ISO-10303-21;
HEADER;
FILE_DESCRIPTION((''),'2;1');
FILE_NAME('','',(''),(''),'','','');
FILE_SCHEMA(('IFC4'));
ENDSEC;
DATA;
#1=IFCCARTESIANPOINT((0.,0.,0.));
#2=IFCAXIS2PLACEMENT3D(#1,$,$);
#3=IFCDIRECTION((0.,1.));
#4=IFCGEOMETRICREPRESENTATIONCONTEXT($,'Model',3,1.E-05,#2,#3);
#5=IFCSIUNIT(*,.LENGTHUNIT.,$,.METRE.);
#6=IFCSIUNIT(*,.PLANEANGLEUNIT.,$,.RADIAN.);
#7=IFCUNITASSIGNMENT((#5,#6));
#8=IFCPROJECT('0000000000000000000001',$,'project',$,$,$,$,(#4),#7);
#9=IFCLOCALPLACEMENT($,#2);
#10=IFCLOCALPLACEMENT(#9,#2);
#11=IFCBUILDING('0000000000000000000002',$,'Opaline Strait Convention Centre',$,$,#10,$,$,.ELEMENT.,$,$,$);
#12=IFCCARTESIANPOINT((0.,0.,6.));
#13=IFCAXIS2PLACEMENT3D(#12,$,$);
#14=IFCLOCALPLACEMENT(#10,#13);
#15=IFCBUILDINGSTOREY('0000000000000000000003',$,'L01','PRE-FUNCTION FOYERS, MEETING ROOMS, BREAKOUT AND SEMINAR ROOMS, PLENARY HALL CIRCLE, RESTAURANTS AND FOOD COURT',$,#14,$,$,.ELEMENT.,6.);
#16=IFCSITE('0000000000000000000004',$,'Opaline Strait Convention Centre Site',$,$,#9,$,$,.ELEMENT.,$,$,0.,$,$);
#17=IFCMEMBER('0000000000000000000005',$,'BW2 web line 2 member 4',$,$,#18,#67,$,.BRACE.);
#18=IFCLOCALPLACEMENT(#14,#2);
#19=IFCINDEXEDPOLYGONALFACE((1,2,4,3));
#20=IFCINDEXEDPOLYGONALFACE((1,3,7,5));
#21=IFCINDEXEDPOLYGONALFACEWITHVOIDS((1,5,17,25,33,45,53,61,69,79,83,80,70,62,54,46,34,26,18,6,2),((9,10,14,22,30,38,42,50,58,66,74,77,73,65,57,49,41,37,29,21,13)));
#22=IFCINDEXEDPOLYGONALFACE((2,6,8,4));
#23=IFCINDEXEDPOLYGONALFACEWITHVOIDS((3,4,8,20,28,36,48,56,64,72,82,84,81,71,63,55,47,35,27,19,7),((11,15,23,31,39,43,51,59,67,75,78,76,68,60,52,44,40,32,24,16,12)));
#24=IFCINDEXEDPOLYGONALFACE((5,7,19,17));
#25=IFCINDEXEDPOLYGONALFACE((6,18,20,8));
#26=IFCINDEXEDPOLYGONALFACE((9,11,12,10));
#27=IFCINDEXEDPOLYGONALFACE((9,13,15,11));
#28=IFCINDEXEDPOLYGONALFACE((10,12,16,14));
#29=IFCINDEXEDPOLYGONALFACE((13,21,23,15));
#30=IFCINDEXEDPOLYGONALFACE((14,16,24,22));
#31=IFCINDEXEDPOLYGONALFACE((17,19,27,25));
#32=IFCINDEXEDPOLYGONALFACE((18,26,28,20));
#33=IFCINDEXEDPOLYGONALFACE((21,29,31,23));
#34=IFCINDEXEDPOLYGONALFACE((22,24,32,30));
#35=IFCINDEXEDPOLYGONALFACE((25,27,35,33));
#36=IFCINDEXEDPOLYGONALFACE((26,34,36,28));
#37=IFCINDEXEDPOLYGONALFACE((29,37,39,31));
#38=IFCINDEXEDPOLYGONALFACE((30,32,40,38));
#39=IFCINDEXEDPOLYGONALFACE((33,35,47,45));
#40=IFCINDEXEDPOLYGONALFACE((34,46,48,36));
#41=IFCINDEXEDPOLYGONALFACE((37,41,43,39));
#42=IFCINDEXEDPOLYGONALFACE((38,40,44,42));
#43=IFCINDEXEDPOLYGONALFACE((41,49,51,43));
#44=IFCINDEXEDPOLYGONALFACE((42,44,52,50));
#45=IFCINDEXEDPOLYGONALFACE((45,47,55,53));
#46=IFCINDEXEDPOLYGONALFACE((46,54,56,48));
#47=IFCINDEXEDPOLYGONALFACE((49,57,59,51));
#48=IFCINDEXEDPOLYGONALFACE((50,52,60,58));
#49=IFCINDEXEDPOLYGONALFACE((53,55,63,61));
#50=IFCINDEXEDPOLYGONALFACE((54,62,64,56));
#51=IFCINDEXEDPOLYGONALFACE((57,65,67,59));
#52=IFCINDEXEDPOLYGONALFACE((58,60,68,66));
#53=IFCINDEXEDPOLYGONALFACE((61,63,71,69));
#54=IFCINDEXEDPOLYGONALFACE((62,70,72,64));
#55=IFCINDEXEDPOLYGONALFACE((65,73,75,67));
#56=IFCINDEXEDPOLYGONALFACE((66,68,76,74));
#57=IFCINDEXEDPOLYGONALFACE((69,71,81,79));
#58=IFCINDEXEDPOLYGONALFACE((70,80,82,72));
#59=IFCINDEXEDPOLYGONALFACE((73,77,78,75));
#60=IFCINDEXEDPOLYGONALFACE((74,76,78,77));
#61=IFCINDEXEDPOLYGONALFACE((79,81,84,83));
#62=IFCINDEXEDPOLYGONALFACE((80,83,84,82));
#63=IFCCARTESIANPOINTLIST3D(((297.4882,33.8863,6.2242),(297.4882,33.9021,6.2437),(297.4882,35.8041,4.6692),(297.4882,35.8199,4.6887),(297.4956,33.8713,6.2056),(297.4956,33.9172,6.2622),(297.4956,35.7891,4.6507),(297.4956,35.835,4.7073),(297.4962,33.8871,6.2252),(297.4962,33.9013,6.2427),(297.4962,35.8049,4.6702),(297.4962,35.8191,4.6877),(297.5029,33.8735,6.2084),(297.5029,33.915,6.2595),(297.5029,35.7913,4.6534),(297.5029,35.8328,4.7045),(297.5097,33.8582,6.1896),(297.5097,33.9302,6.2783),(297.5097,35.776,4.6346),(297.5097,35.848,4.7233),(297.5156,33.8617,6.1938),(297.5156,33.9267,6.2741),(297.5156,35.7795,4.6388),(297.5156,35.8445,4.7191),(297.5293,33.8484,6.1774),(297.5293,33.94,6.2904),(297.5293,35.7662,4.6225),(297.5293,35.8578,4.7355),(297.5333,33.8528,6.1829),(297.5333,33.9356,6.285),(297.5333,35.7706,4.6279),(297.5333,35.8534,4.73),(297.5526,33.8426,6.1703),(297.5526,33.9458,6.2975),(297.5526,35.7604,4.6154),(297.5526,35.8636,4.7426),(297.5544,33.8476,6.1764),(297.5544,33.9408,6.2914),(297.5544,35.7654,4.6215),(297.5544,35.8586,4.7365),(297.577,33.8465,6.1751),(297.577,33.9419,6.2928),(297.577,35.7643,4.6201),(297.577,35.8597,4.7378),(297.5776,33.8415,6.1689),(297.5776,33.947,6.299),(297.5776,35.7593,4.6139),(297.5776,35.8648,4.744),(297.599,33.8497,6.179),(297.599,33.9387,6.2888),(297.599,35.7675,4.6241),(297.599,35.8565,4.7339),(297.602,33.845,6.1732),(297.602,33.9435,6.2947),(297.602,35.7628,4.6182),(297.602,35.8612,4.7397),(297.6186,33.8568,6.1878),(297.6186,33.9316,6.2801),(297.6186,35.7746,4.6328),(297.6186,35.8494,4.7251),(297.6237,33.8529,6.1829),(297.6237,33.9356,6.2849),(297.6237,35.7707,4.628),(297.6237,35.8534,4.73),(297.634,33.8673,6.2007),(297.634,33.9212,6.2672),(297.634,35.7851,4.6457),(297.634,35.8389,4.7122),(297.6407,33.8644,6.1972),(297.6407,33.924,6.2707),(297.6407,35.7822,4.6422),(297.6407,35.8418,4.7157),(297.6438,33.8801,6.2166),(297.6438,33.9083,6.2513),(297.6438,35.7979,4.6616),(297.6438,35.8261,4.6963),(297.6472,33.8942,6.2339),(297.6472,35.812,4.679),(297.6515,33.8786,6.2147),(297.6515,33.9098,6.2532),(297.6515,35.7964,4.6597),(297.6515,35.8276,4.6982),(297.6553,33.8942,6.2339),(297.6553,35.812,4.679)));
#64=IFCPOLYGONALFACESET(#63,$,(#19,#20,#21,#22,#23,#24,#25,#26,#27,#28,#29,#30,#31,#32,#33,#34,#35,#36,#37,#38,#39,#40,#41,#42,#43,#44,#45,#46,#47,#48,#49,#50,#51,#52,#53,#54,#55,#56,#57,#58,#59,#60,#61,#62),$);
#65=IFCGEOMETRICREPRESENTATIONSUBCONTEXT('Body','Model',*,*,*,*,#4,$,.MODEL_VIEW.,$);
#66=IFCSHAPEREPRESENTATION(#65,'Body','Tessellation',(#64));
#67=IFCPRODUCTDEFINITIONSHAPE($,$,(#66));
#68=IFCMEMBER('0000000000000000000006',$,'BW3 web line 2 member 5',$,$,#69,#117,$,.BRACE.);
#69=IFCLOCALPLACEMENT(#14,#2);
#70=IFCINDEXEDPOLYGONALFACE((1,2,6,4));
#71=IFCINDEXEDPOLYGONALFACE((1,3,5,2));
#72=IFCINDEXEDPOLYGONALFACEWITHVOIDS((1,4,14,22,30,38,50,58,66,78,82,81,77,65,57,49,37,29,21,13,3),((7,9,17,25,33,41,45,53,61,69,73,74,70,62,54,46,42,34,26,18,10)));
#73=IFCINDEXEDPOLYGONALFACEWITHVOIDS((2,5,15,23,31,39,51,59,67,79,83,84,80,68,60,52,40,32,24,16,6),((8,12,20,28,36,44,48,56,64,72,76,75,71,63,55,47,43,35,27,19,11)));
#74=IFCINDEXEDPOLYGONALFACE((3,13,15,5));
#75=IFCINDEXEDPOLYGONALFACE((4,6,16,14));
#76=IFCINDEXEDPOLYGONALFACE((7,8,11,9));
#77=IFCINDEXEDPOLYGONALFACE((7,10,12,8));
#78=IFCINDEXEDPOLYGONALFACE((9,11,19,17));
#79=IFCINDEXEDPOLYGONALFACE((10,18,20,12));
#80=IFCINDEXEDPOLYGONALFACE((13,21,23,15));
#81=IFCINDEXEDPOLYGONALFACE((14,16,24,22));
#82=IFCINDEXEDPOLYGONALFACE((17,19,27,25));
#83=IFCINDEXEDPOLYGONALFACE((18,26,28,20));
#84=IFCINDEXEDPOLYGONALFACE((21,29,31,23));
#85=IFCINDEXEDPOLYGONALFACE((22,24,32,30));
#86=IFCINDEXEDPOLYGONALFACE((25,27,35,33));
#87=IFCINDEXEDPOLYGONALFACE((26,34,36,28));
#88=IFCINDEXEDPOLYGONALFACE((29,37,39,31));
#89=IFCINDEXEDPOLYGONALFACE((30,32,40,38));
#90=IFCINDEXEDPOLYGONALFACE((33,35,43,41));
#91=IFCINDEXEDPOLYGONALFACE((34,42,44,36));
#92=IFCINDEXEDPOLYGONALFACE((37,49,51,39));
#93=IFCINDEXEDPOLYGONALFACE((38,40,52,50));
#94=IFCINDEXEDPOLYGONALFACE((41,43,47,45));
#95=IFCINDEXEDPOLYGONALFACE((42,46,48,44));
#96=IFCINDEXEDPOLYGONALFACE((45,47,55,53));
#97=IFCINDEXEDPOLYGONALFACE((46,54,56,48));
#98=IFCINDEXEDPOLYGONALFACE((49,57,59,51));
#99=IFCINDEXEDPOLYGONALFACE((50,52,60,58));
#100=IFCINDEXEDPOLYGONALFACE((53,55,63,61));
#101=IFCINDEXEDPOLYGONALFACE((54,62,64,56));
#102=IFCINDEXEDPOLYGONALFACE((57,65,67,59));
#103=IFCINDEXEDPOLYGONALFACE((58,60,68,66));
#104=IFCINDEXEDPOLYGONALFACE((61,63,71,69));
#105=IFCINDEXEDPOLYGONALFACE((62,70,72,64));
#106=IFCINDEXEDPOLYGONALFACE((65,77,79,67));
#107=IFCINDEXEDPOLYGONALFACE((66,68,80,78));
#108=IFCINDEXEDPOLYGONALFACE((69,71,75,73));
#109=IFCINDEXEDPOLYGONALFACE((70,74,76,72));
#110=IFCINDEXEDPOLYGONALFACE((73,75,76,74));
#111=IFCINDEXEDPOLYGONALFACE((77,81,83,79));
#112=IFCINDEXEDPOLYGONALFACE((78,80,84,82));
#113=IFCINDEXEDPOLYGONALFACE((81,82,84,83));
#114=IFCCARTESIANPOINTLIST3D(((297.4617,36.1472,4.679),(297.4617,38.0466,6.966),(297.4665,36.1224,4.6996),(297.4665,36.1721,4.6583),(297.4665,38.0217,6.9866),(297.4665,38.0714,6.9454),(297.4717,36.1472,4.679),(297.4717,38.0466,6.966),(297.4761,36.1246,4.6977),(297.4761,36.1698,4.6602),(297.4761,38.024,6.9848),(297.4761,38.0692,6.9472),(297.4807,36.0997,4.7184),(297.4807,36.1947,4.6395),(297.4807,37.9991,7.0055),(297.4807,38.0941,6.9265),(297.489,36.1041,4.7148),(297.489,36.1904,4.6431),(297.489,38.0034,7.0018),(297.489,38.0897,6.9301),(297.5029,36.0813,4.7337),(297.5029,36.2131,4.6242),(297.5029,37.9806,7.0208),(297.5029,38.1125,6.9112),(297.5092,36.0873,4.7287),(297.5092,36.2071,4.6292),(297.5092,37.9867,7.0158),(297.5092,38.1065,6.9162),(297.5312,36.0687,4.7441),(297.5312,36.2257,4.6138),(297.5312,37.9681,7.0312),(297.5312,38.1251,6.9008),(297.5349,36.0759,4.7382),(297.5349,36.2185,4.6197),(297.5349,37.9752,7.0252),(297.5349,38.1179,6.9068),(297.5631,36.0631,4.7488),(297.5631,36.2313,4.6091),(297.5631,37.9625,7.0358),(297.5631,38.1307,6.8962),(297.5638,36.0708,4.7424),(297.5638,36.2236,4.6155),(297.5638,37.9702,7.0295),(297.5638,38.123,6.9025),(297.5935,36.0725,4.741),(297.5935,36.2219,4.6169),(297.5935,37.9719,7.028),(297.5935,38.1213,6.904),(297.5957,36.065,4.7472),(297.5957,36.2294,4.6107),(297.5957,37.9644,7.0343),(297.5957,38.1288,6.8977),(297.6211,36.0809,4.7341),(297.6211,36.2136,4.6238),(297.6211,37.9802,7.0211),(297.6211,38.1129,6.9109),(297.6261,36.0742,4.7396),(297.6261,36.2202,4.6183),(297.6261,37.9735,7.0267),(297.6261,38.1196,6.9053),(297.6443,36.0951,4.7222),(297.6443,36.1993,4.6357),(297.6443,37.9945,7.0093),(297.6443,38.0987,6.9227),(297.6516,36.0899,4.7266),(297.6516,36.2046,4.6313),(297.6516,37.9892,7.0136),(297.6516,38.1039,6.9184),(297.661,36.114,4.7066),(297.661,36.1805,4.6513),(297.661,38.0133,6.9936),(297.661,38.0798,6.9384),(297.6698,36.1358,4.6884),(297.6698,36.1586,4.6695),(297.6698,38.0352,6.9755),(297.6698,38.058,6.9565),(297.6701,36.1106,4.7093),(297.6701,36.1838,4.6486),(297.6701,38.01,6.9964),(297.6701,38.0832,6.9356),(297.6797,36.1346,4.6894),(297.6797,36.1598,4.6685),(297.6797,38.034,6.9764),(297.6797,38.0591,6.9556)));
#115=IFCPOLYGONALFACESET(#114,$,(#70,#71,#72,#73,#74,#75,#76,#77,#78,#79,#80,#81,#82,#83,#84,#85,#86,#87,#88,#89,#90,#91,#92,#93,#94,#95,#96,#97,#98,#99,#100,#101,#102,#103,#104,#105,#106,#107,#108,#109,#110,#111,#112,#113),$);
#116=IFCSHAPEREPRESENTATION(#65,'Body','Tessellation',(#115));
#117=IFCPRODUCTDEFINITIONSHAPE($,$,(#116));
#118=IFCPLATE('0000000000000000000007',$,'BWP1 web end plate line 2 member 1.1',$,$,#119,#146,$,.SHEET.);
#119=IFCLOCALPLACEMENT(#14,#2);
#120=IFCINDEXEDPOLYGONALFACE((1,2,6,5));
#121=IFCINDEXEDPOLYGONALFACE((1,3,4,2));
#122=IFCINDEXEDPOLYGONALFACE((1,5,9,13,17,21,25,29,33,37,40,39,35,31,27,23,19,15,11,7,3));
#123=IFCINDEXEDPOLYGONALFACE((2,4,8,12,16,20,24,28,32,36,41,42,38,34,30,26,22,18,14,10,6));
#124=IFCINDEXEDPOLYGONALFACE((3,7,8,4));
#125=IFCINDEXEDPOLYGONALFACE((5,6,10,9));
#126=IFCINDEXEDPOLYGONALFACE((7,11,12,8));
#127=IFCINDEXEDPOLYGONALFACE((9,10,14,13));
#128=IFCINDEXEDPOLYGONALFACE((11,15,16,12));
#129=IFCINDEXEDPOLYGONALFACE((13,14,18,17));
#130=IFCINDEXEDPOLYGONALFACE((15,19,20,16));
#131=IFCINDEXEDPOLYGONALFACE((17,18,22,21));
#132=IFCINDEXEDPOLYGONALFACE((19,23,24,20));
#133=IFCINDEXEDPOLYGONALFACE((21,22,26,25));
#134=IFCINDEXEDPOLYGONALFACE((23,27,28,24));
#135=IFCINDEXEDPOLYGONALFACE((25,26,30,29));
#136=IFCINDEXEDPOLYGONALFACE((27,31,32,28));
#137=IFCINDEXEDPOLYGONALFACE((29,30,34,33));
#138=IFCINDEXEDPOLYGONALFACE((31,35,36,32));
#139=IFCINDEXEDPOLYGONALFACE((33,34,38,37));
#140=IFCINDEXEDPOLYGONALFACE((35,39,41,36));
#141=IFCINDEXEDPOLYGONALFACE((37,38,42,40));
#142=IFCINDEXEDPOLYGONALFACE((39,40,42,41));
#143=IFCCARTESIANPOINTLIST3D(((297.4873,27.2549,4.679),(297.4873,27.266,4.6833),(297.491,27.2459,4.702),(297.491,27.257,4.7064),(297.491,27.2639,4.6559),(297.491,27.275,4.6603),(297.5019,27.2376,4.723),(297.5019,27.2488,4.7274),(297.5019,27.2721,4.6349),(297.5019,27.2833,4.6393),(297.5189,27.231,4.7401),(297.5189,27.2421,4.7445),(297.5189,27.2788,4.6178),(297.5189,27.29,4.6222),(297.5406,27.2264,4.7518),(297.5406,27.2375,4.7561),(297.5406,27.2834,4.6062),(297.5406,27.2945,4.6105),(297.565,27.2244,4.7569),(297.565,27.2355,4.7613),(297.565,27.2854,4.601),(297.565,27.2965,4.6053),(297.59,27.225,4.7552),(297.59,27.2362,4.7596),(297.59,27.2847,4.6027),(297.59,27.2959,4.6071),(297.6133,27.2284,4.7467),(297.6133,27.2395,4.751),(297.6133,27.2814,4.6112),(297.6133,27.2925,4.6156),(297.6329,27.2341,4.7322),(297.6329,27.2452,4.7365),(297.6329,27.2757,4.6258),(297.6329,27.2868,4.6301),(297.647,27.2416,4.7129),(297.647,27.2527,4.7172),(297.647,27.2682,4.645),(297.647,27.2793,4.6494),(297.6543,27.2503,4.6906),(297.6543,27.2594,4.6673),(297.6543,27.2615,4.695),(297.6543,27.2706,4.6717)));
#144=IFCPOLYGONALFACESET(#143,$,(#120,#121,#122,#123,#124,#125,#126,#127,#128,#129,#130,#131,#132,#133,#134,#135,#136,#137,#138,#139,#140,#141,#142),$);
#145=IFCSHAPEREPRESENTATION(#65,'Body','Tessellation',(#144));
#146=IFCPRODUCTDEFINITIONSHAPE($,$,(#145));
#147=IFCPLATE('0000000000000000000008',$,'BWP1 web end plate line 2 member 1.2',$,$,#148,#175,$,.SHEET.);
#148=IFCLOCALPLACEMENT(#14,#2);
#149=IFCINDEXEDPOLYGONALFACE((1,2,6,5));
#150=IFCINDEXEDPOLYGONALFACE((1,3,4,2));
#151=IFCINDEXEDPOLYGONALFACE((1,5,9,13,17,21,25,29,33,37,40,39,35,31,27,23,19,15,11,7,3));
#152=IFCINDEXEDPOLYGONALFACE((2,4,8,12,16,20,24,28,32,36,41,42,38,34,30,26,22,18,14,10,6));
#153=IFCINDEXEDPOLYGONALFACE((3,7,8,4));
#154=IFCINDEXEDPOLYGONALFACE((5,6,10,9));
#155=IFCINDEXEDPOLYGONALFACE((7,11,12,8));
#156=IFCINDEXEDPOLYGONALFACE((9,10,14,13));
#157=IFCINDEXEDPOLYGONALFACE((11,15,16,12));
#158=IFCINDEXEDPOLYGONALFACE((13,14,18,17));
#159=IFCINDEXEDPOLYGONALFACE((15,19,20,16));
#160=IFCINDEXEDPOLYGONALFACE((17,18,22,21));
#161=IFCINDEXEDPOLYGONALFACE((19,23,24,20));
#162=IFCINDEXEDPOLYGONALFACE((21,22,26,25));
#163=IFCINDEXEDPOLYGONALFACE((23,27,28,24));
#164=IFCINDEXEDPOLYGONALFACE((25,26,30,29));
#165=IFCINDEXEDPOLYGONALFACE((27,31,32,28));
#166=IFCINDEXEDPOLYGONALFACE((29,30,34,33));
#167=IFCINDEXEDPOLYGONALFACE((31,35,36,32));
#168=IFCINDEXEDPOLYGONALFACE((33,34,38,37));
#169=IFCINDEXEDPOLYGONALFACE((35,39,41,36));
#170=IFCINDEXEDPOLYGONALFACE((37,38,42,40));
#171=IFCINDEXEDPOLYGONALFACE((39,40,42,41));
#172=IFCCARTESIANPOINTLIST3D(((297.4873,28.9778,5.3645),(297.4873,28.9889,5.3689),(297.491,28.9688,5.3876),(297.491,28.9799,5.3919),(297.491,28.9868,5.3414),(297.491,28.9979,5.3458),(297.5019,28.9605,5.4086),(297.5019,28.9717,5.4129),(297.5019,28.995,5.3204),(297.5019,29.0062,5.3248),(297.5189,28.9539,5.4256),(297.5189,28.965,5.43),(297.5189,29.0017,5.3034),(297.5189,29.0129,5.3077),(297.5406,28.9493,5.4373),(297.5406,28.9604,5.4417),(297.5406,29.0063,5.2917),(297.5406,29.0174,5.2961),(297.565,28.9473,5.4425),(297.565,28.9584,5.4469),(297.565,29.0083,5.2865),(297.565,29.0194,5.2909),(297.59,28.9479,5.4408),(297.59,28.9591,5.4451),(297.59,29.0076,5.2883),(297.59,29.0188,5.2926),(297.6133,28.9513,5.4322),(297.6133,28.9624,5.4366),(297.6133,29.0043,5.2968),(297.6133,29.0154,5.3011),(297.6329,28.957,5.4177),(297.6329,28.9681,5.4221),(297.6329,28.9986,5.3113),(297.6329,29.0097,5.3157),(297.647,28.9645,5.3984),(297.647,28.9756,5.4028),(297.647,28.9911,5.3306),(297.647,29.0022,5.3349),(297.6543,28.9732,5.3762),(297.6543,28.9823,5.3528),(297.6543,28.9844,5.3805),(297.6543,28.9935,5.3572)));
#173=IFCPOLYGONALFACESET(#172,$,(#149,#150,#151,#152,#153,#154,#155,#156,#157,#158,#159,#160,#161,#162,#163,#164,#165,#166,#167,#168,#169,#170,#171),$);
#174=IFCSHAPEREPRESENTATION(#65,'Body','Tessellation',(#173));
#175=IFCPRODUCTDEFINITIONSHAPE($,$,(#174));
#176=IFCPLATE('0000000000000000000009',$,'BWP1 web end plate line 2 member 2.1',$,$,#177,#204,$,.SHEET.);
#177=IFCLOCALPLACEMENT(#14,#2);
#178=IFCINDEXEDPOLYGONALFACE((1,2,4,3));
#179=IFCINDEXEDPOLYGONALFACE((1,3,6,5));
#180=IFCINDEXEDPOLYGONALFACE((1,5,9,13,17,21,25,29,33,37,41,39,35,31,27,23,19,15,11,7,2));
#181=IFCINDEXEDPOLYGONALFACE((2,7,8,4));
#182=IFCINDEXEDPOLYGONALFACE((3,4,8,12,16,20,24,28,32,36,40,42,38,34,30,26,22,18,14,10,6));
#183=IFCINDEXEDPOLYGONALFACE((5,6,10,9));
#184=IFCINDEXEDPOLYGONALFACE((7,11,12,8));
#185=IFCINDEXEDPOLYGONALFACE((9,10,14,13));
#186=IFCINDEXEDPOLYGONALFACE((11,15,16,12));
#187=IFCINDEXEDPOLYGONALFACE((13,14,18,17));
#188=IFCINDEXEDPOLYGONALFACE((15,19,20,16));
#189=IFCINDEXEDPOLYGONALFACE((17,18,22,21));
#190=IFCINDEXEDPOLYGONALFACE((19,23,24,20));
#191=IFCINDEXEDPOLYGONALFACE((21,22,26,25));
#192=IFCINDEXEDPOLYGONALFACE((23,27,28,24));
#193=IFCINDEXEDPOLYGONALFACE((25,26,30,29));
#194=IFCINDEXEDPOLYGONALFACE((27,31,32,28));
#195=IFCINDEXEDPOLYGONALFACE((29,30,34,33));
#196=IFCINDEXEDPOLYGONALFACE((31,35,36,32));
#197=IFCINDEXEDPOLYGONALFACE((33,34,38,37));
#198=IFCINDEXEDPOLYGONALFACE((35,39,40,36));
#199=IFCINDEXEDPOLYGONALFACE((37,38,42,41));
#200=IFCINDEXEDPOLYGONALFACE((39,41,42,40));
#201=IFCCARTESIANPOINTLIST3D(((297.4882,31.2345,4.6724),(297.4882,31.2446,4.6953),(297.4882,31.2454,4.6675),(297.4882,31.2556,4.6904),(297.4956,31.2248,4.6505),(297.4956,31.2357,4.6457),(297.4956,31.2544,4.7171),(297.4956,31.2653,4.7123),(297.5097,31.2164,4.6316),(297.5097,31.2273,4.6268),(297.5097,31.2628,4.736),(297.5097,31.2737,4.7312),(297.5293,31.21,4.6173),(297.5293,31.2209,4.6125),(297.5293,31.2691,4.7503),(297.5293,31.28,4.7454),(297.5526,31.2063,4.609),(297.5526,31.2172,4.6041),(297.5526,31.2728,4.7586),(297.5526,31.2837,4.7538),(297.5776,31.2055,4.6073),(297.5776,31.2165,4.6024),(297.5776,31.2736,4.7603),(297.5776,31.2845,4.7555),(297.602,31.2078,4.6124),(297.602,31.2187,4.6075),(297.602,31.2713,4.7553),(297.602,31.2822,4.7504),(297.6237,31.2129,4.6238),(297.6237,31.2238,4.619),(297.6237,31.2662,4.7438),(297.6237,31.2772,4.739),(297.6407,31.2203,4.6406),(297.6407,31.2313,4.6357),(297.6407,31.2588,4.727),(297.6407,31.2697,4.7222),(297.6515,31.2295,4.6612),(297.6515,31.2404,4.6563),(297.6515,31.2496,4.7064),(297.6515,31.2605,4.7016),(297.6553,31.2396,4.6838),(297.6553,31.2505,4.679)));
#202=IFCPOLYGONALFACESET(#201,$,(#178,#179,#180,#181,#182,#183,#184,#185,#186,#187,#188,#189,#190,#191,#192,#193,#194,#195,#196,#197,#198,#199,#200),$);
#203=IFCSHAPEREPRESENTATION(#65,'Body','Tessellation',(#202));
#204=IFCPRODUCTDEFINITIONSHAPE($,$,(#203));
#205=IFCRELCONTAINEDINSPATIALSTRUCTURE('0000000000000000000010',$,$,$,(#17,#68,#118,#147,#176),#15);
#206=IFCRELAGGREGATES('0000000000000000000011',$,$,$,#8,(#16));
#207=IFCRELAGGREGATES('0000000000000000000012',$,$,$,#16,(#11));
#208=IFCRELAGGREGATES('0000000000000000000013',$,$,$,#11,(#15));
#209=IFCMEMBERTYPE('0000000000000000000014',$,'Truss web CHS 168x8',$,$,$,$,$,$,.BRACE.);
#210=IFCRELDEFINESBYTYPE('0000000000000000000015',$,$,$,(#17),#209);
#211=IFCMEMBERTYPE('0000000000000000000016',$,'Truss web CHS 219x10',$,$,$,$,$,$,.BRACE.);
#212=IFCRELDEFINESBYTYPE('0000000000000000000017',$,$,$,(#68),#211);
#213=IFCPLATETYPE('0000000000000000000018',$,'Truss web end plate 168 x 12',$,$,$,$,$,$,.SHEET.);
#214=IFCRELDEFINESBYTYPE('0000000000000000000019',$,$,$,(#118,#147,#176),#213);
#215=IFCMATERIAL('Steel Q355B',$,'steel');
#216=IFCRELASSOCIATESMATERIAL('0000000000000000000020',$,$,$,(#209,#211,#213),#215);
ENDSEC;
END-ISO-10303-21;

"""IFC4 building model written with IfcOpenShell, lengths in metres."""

from ifc_helpers import new_model, si_unit, direction, frame, origin, origin_2d, place, context, subcontext, project, spatial, circle, hollow_circle, extrude, material, material_profile, profile_set, type_object, element, save


model = new_model("IFC4")

# Units and contexts
model_context = context("Model", 3, precision=1e-05, world=origin(), true_north=direction((0.0, 1.0)))
body_context = subcontext(model_context, "Body", "Model", "MODEL_VIEW")
ifc_project = project(units=[si_unit("LENGTHUNIT", "METRE"), si_unit("PLANEANGLEUNIT", "RADIAN")], contexts=[model_context])

# Site, building, storey
site_placement = place(None, origin())
site = spatial("IfcSite", under=ifc_project, at=site_placement, Name="Opaline Strait Convention Centre Site", CompositionType="ELEMENT", RefElevation=0.0)
building_placement = place(site_placement, origin())
building = spatial("IfcBuilding", under=site, at=building_placement, Name="Opaline Strait Convention Centre", CompositionType="ELEMENT")
storey_placement = place(building_placement, frame((0.0, 0.0, 6.0)))
storey = spatial("IfcBuildingStorey", under=building, at=storey_placement, Name="L01", Description="PRE-FUNCTION FOYERS, MEETING ROOMS, BREAKOUT AND SEMINAR ROOMS, PLENARY HALL CIRCLE, RESTAURANTS AND FOOD COURT", CompositionType="ELEMENT", Elevation=6.0)

# Members
ifc_material_1 = material(Name="Steel Q355B", Category="steel")
ifc_material_profile_1 = material_profile(ifc_material_1, hollow_circle(Radius=0.084, WallThickness=0.0081, at=origin_2d()), Name="CHS 168x8")
ifc_profile_set_1 = profile_set([ifc_material_profile_1], Name="Steel Q355B")
member_type_1 = type_object("IfcMemberType", Name="Truss web CHS 168x8", PredefinedType="BRACE", material=ifc_profile_set_1)
member_1_placement = place(storey_placement, frame((297.5713, 35.812, 4.679), z_axis=(0.0, -0.776752, 0.629807), x_axis=(1.0, 0.0, 0.0)))
element("IfcMember", 1, at=member_1_placement, inside=storey, type_object=member_type_1, Name="BW2 web line 2 member 4", PredefinedType="BRACE", context=body_context, shape_type="SweptSolid", body=[
    extrude(hollow_circle(Radius=0.084, WallThickness=0.0081, at=origin_2d()), origin(), (0.0, 0.0, 1.0), 2.469),
])
ifc_material_profile_2 = material_profile(ifc_material_1, hollow_circle(Radius=0.1096, WallThickness=0.01, at=origin_2d()), Name="CHS 219x10")
ifc_profile_set_2 = profile_set([ifc_material_profile_2], Name="Steel Q355B")
member_type_2 = type_object("IfcMemberType", Name="Truss web CHS 219x10", PredefinedType="BRACE", material=ifc_profile_set_2)
member_2_placement = place(storey_placement, frame((297.5713, 36.1472, 4.679), z_axis=(0.0, 0.638891, 0.769297), x_axis=(-1.0, 0.0, 0.0)))
element("IfcMember", 2, at=member_2_placement, inside=storey, type_object=member_type_2, Name="BW3 web line 2 member 5", PredefinedType="BRACE", context=body_context, shape_type="SweptSolid", body=[
    extrude(hollow_circle(Radius=0.1096, WallThickness=0.01, at=origin_2d()), origin(), (0.0, 0.0, 1.0), 2.9729),
])

# Plates
ifc_material_profile_3 = material_profile(ifc_material_1, circle(Radius=0.084, at=origin_2d()), Name="D168")
ifc_profile_set_3 = profile_set([ifc_material_profile_3], Name="Steel Q355B")
plate_type = type_object("IfcPlateType", Name="Truss web end plate 168 x 12", PredefinedType="SHEET", material=ifc_profile_set_3)
for number, where, z_axis, x_axis, name in (
    (3, (297.5713, 27.2549, 4.679), (0.0, 0.931243, 0.364399), (-1.0, 0.0, 0.0), "BWP1 web end plate line 2 member 1.1"),
    (4, (297.5713, 28.9778, 5.3645), (0.0, 0.931243, 0.364399), (-1.0, 0.0, 0.0), "BWP1 web end plate line 2 member 1.2"),
    (5, (297.5713, 31.2505, 4.679), (0.0, -0.913812, 0.406138), (1.0, 0.0, 0.0), "BWP1 web end plate line 2 member 2.1"),
):
    element("IfcPlate", number, at=place(storey_placement, frame(where, z_axis=z_axis, x_axis=x_axis)), inside=storey, type_object=plate_type, Name=name, PredefinedType="SHEET", context=body_context, shape_type="SweptSolid", body=[
        extrude(circle(Radius=0.084, at=origin_2d()), origin(), (0.0, 0.0, 1.0), 0.012),
    ])

save(model, "model.ifc")
